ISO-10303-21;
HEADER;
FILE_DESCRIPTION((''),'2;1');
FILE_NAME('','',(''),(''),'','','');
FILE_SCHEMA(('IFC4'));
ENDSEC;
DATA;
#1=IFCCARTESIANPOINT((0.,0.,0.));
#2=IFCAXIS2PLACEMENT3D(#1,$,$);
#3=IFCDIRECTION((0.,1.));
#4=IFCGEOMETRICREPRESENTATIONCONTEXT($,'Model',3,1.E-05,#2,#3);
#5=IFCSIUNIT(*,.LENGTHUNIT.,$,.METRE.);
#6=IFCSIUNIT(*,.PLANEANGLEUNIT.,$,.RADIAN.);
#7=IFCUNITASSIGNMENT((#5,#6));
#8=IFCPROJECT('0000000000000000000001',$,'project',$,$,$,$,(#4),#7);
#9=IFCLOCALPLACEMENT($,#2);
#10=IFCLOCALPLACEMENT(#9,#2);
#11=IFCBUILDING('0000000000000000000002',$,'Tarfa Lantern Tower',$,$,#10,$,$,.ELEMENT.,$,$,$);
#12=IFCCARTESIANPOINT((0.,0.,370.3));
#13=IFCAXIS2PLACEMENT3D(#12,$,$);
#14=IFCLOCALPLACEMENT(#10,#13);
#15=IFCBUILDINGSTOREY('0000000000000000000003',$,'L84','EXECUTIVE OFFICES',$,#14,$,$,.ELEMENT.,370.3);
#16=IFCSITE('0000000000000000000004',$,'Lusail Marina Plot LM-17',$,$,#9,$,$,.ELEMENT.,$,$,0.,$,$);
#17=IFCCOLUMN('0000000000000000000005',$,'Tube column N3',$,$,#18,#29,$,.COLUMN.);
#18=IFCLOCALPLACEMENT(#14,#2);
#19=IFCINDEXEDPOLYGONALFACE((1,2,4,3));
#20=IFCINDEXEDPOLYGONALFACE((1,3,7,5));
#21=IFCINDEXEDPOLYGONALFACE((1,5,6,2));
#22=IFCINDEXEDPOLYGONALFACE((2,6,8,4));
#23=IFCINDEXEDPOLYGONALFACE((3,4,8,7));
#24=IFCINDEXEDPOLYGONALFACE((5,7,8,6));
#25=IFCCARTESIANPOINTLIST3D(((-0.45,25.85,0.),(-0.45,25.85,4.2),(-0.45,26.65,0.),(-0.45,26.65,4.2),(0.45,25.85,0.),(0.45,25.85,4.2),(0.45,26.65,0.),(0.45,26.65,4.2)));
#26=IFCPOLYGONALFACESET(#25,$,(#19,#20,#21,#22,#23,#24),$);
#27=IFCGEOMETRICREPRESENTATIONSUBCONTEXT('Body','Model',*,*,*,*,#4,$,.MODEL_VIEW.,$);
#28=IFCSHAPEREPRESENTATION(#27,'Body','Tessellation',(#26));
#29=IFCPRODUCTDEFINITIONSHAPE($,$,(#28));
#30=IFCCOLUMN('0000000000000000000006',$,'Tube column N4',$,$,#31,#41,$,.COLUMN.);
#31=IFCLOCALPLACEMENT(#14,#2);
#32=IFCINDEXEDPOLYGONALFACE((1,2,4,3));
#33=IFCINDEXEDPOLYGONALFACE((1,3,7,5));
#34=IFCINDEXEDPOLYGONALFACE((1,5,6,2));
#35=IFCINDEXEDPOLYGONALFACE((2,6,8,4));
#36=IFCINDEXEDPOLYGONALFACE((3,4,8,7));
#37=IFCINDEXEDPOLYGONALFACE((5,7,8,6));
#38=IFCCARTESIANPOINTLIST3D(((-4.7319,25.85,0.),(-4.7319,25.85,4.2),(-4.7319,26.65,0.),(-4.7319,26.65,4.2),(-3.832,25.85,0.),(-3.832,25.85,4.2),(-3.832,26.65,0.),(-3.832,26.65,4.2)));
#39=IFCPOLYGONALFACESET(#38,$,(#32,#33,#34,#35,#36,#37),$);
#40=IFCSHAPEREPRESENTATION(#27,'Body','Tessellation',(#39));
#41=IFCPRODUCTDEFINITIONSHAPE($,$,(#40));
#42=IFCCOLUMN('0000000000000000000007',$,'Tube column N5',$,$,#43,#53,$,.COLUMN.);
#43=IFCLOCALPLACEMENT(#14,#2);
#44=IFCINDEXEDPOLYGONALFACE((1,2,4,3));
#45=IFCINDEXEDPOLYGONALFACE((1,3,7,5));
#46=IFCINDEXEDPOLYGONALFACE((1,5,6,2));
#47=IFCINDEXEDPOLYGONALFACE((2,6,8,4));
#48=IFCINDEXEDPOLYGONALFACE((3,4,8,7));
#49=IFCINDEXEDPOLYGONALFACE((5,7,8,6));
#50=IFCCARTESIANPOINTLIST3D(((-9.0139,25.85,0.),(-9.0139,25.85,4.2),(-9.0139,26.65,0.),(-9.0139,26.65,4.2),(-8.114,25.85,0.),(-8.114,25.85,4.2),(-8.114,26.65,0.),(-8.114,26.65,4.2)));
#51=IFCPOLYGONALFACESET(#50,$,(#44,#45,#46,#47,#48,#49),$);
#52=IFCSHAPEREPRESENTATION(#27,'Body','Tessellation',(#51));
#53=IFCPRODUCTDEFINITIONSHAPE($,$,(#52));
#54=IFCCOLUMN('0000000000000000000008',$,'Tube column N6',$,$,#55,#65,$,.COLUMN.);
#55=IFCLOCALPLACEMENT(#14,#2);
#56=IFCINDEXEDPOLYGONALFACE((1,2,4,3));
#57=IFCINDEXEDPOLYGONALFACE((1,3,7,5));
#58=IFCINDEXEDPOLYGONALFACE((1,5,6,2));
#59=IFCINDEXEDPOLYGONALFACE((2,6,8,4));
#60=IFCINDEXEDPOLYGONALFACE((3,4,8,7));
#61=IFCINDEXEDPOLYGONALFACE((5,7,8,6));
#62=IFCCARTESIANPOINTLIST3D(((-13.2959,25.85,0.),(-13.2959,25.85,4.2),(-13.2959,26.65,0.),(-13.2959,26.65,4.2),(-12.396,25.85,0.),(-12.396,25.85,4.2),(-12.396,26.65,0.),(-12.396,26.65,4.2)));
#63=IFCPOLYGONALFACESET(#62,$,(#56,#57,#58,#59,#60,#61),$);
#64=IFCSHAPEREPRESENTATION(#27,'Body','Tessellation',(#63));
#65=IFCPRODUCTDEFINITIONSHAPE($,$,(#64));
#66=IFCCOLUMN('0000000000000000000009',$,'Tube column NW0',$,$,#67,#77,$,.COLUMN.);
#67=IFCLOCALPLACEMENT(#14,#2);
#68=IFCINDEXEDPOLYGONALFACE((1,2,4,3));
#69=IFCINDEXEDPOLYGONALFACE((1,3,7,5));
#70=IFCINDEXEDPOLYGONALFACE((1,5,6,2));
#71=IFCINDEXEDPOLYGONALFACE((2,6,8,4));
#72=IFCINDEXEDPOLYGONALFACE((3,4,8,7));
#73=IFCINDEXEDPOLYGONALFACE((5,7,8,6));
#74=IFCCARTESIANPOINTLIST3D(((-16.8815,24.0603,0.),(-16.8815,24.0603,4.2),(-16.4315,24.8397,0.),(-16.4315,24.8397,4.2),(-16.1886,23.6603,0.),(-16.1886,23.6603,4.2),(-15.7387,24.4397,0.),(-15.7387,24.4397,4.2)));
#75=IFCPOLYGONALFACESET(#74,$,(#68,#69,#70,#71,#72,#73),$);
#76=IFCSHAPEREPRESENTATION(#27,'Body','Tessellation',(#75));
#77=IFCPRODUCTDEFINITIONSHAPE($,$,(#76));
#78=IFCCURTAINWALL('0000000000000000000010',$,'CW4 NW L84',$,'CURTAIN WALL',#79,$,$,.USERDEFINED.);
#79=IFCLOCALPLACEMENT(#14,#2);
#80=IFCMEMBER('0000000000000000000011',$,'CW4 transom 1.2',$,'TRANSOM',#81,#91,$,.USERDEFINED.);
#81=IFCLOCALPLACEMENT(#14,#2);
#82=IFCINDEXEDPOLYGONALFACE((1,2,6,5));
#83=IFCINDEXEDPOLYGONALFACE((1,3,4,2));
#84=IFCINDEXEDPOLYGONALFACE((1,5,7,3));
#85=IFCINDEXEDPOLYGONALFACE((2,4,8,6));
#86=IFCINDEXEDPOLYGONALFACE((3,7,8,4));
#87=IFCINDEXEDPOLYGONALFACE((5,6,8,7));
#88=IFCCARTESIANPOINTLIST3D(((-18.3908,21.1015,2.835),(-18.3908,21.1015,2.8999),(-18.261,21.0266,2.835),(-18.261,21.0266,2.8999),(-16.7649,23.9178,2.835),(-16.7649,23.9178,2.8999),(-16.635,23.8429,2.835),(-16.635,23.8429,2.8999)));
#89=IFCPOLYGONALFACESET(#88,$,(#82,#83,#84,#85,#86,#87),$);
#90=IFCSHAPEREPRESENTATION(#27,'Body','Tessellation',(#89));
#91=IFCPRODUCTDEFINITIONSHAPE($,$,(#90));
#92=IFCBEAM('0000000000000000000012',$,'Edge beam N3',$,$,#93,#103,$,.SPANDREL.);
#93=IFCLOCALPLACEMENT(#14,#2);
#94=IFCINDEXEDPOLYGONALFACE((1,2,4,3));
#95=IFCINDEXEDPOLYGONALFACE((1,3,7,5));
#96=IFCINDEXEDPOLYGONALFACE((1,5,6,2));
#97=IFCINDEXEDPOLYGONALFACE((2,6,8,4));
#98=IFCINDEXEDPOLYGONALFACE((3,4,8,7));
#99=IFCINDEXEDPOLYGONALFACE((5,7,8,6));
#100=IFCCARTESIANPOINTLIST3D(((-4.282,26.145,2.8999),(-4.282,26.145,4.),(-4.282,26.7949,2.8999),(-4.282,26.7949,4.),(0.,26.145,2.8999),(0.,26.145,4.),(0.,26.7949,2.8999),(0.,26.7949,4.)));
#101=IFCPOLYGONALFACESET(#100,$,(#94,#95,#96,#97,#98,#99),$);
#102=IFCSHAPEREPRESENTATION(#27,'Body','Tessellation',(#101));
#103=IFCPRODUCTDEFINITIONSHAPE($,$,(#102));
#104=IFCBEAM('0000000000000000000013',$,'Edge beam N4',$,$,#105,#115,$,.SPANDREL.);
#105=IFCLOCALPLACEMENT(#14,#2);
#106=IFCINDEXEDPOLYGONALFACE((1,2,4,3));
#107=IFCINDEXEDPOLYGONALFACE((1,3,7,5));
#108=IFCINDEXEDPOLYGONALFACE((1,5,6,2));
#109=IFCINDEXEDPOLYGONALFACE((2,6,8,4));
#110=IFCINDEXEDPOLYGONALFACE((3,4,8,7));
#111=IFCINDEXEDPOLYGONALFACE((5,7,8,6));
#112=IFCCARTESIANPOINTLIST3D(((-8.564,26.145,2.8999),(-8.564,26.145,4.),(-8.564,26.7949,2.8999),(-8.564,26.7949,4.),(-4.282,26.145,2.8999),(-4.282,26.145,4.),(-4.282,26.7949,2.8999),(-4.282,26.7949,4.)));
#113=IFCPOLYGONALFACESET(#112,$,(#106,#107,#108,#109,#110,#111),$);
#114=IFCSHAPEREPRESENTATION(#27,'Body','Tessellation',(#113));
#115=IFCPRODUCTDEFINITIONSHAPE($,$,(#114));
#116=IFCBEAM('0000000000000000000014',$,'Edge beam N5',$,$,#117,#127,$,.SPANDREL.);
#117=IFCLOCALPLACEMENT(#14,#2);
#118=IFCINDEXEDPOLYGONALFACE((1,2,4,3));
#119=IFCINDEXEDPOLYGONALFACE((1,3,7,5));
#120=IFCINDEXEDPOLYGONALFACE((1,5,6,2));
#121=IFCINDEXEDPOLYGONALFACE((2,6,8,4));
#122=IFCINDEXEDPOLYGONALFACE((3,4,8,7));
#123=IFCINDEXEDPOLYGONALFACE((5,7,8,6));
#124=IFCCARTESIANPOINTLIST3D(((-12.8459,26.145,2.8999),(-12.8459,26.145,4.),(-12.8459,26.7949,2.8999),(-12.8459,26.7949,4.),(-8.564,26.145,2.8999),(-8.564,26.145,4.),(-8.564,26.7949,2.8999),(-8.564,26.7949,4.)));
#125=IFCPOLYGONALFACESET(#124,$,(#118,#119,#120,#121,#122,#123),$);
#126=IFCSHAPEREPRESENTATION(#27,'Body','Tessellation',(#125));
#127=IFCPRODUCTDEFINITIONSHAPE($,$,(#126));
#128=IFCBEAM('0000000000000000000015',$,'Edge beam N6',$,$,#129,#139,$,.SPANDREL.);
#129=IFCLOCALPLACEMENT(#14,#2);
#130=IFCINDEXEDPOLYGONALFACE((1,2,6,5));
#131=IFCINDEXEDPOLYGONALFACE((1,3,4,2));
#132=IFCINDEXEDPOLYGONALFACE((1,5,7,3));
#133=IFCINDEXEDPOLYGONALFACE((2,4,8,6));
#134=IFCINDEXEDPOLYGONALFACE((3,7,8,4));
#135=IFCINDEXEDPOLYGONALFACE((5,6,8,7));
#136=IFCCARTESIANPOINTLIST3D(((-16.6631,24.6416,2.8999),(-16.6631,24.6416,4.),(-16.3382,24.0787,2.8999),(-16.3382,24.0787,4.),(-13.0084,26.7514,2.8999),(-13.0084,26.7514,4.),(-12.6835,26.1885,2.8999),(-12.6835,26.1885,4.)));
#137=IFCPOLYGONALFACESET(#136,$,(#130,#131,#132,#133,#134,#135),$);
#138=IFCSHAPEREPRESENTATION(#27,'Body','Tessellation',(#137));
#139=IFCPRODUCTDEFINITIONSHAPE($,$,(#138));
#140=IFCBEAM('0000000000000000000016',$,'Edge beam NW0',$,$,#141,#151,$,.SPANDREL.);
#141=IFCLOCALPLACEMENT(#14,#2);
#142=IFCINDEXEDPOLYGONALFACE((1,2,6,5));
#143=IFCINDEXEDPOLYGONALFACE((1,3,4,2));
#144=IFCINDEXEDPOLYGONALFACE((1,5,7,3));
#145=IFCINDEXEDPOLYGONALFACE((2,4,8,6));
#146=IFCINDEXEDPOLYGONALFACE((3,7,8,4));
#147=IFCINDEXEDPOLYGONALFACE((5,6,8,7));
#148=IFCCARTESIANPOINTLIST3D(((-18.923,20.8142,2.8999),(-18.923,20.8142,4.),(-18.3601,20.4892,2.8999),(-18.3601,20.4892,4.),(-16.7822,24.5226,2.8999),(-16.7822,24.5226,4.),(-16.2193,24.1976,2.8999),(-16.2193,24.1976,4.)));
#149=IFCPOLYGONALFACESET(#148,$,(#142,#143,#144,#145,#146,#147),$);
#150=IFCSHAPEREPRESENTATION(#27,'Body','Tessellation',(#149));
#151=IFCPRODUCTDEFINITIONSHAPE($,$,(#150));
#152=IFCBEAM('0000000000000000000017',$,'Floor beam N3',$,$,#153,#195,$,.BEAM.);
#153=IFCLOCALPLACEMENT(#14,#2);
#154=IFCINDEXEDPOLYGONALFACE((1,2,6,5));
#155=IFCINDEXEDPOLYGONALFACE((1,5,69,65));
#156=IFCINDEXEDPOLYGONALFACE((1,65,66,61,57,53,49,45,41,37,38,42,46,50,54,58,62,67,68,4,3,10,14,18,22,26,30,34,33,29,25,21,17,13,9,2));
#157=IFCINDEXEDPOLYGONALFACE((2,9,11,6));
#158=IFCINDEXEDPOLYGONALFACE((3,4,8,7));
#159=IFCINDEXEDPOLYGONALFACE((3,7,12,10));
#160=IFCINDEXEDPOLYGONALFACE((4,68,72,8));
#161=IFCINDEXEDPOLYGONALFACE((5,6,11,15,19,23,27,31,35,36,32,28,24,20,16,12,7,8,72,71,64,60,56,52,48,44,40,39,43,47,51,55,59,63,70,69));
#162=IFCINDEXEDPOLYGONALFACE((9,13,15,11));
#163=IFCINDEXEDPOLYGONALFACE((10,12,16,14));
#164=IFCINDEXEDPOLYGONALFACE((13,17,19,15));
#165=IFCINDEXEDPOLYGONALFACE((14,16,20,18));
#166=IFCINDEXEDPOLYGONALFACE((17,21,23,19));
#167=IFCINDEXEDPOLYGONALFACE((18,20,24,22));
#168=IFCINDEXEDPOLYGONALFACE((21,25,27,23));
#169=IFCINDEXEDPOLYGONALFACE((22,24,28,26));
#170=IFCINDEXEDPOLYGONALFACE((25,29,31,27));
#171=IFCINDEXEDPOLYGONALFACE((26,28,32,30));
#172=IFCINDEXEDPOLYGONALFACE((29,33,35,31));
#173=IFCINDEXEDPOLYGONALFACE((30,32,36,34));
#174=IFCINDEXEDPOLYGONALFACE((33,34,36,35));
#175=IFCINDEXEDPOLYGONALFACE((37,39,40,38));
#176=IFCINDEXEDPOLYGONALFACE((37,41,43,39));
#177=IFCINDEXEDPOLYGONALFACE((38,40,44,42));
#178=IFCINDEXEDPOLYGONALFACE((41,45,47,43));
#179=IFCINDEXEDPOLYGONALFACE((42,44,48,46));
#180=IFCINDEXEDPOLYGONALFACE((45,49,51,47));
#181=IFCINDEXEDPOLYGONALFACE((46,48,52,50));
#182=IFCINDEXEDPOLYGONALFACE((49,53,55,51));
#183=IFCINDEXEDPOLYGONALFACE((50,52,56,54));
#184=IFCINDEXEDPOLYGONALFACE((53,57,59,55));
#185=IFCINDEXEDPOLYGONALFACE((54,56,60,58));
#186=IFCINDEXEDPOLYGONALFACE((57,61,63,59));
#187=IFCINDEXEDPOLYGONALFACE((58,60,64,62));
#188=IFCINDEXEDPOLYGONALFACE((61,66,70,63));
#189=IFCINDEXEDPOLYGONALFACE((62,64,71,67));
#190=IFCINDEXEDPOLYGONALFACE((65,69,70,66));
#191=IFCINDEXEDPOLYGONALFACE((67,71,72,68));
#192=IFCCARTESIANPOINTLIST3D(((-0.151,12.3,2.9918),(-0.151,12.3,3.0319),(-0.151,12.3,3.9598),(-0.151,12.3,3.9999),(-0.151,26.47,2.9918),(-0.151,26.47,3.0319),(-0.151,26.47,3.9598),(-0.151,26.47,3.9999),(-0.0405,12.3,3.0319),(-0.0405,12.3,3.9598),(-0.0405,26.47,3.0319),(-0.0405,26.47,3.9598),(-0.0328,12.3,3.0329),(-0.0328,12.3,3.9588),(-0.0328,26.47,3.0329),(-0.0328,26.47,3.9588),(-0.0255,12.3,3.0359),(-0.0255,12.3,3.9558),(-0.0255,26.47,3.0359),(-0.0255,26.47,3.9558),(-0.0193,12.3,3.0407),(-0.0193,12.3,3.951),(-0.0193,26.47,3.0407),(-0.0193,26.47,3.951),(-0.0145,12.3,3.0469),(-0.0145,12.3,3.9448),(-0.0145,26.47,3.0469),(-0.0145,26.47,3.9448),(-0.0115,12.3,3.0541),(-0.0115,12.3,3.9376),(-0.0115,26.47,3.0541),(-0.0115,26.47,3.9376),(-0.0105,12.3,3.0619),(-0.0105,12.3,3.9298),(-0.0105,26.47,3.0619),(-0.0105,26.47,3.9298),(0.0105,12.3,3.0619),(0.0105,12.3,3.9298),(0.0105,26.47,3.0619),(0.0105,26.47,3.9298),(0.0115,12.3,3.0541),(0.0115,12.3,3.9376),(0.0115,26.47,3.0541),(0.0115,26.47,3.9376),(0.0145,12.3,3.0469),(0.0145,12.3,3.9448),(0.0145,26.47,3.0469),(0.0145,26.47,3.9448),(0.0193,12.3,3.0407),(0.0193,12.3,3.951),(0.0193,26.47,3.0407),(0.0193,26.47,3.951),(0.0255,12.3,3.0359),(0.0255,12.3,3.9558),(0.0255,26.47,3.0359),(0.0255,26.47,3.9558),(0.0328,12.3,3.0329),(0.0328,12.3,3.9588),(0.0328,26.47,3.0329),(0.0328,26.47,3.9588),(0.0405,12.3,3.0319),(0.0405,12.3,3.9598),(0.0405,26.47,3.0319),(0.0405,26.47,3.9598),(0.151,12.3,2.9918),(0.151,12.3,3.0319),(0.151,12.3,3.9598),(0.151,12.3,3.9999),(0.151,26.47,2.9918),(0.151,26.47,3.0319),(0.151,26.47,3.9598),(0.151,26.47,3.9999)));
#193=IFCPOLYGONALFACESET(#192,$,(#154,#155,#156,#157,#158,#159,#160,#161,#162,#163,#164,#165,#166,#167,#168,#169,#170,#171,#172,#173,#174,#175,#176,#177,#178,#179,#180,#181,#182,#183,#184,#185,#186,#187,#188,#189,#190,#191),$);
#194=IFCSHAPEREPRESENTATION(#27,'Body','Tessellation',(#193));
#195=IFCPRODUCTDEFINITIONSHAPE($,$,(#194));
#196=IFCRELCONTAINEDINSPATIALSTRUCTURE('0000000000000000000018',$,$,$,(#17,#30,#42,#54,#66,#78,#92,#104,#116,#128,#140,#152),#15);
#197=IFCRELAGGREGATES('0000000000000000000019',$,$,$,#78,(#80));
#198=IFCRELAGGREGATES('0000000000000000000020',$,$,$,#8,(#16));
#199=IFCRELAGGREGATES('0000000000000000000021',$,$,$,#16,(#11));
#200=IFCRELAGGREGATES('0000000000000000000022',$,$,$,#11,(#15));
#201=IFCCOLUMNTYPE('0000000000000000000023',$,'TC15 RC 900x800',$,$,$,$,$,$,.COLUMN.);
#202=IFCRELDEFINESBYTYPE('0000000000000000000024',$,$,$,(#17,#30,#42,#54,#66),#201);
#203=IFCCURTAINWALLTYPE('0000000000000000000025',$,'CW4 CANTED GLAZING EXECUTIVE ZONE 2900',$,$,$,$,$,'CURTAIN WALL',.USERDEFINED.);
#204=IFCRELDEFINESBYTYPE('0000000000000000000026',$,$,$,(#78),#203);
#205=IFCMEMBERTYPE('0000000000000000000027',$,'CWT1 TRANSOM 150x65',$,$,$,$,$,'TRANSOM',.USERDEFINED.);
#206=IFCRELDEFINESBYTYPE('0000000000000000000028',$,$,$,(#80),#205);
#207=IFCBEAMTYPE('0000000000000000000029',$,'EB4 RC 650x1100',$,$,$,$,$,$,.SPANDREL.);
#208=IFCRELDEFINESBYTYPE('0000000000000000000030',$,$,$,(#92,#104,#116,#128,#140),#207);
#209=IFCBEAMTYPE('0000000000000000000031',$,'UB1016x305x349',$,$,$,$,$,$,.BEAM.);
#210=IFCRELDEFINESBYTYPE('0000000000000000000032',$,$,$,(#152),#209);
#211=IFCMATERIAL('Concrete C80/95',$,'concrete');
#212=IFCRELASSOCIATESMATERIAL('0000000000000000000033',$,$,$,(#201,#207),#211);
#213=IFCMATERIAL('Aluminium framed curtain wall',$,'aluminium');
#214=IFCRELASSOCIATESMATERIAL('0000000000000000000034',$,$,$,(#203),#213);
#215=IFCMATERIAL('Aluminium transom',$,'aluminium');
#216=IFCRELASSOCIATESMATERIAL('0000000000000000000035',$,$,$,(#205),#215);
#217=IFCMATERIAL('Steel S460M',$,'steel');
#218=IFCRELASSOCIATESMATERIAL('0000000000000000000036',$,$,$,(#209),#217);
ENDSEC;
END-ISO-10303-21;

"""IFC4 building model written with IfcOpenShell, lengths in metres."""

from ifc_helpers import new_model, si_unit, direction, frame, origin, origin_2d, place, context, subcontext, project, spatial, rectangle, i_section, extrude, material, material_profile, profile_set, type_object, element, aggregate, save


model = new_model("IFC4")

# Units and contexts
model_context = context("Model", 3, precision=1e-05, world=origin(), true_north=direction((0.0, 1.0)))
body_context = subcontext(model_context, "Body", "Model", "MODEL_VIEW")
ifc_project = project(units=[si_unit("LENGTHUNIT", "METRE"), si_unit("PLANEANGLEUNIT", "RADIAN")], contexts=[model_context])

# Site, building, storey
site_placement = place(None, origin())
site = spatial("IfcSite", under=ifc_project, at=site_placement, Name="Lusail Marina Plot LM-17", CompositionType="ELEMENT", RefElevation=0.0)
building_placement = place(site_placement, origin())
building = spatial("IfcBuilding", under=site, at=building_placement, Name="Tarfa Lantern Tower", CompositionType="ELEMENT")
storey_placement = place(building_placement, frame((0.0, 0.0, 370.3)))
storey = spatial("IfcBuildingStorey", under=building, at=storey_placement, Name="L84", Description="EXECUTIVE OFFICES", CompositionType="ELEMENT", Elevation=370.3)

# Columns
ifc_material_1 = material(Name="Concrete C80/95", Category="concrete")
ifc_material_profile_1 = material_profile(ifc_material_1, rectangle(XDim=0.8999, YDim=0.8, at=origin_2d()), Name="RC 900x800")
ifc_profile_set_1 = profile_set([ifc_material_profile_1], Name="Concrete C80/95")
column_type = type_object("IfcColumnType", Name="TC15 RC 900x800", PredefinedType="COLUMN", material=ifc_profile_set_1)
for number, where, z_axis, x_axis, name in (
    (1, (0.0, 26.25, 0.0), (0.0, 0.0, 1.0), (-1.0, 0.0, 0.0), "Tube column N3"),
    (2, (-4.282, 26.25, 0.0), (0.0, 0.0, 1.0), (-1.0, 0.0, 0.0), "Tube column N4"),
    (3, (-8.564, 26.25, 0.0), (0.0, 0.0, 1.0), (-1.0, 0.0, 0.0), "Tube column N5"),
    (4, (-12.8459, 26.25, 0.0), (0.0, 0.0, 1.0), (-1.0, 0.0, 0.0), "Tube column N6"),
    (5, (-16.3101, 24.25, 0.0), (0.0, 0.0, 1.0), (-0.5, -0.866025, 0.0), "Tube column NW0"),
):
    element("IfcColumn", number, at=place(storey_placement, frame(where, z_axis=z_axis, x_axis=x_axis)), inside=storey, type_object=column_type, Name=name, PredefinedType="COLUMN", context=body_context, shape_type="SweptSolid", body=[
        extrude(rectangle(XDim=0.8999, YDim=0.8, at=origin_2d()), origin(), (0.0, 0.0, 1.0), 4.2),
    ])

# Curtain wall, member
ifc_material_2 = material(Name="Aluminium framed curtain wall", Category="aluminium")
curtain_wall_type = type_object("IfcCurtainWallType", Name="CW4 CANTED GLAZING EXECUTIVE ZONE 2900", ElementType="CURTAIN WALL", PredefinedType="USERDEFINED", material=ifc_material_2)
curtain_wall_placement = place(storey_placement, origin())
curtain_wall = element("IfcCurtainWall", 6, at=curtain_wall_placement, inside=storey, type_object=curtain_wall_type, Name="CW4 NW L84", ObjectType="CURTAIN WALL", PredefinedType="USERDEFINED")
ifc_material_3 = material(Name="Aluminium transom", Category="aluminium")
ifc_material_profile_2 = material_profile(ifc_material_3, rectangle(XDim=0.1499, YDim=0.0649, at=origin_2d()), Name="AL TRANSOM 150x65")
ifc_profile_set_2 = profile_set([ifc_material_profile_2], Name="Aluminium transom")
member_type = type_object("IfcMemberType", Name="CWT1 TRANSOM 150x65", ElementType="TRANSOM", PredefinedType="USERDEFINED", material=ifc_profile_set_2)
member_placement = place(storey_placement, frame((-16.7, 23.8804, 2.8674), z_axis=(-0.499982, -0.866036, 0.0), x_axis=(0.866036, -0.499982, 0.0)))
member = element("IfcMember", 7, at=member_placement, type_object=member_type, Name="CW4 transom 1.2", ObjectType="TRANSOM", PredefinedType="USERDEFINED", context=body_context, shape_type="SweptSolid", body=[
    extrude(rectangle(XDim=0.1499, YDim=0.0649, at=origin_2d()), origin(), (0.0, 0.0, 1.0), 3.252),
])
aggregate(curtain_wall, [member])

# Beams
ifc_material_profile_3 = material_profile(ifc_material_1, rectangle(XDim=0.6499, YDim=1.1001, at=origin_2d()), Name="RC 650x1100")
ifc_profile_set_3 = profile_set([ifc_material_profile_3], Name="Concrete C80/95")
beam_type_1 = type_object("IfcBeamType", Name="EB4 RC 650x1100", PredefinedType="SPANDREL", material=ifc_profile_set_3)
for number, where, z_axis, x_axis, name in (
    (8, (0.0, 26.47, 3.45), (-1.0, 0.0, 0.0), (0.0, -1.0, 0.0), "Edge beam N3"),
    (9, (-4.282, 26.47, 3.45), (-1.0, 0.0, 0.0), (0.0, -1.0, 0.0), "Edge beam N4"),
    (10, (-8.564, 26.47, 3.45), (-1.0, 0.0, 0.0), (0.0, -1.0, 0.0), "Edge beam N5"),
):
    element("IfcBeam", number, at=place(storey_placement, frame(where, z_axis=z_axis, x_axis=x_axis)), inside=storey, type_object=beam_type_1, Name=name, PredefinedType="SPANDREL", context=body_context, shape_type="SweptSolid", body=[
        extrude(rectangle(XDim=0.6499, YDim=1.1001, at=origin_2d()), origin(), (0.0, 0.0, 1.0), 4.282),
    ])
beam_1_placement = place(storey_placement, frame((-12.8459, 26.47, 3.45), z_axis=(-0.866049, -0.499959, 0.0), x_axis=(0.499959, -0.866049, 0.0)))
element("IfcBeam", 11, at=beam_1_placement, inside=storey, type_object=beam_type_1, Name="Edge beam N6", PredefinedType="SPANDREL", context=body_context, shape_type="SweptSolid", body=[
    extrude(rectangle(XDim=0.6499, YDim=1.1001, at=origin_2d()), origin(), (0.0, 0.0, 1.0), 4.22),
])
beam_2_placement = place(storey_placement, frame((-16.5007, 24.3601, 3.45), z_axis=(-0.499959, -0.866049, 0.0), x_axis=(0.866049, -0.499959, 0.0)))
element("IfcBeam", 12, at=beam_2_placement, inside=storey, type_object=beam_type_1, Name="Edge beam NW0", PredefinedType="SPANDREL", context=body_context, shape_type="SweptSolid", body=[
    extrude(rectangle(XDim=0.6499, YDim=1.1001, at=origin_2d()), origin(), (0.0, 0.0, 1.0), 4.282),
])
ifc_material_4 = material(Name="Steel S460M", Category="steel")
ifc_material_profile_4 = material_profile(ifc_material_4, i_section(OverallWidth=0.302, OverallDepth=1.0081, WebThickness=0.021, FlangeThickness=0.04, FilletRadius=0.03, at=origin_2d()), Name="UB1016x305x349")
ifc_profile_set_4 = profile_set([ifc_material_profile_4], Name="Steel S460M")
beam_type_2 = type_object("IfcBeamType", Name="UB1016x305x349", PredefinedType="BEAM", material=ifc_profile_set_4)
for number, where, z_axis, x_axis, name in (
    (13, (0.0, 26.47, 3.4958), (0.0, -1.0, 0.0), (1.0, 0.0, 0.0), "Floor beam N3"),
):
    element("IfcBeam", number, at=place(storey_placement, frame(where, z_axis=z_axis, x_axis=x_axis)), inside=storey, type_object=beam_type_2, Name=name, PredefinedType="BEAM", context=body_context, shape_type="SweptSolid", body=[
        extrude(i_section(OverallWidth=0.302, OverallDepth=1.0081, WebThickness=0.021, FlangeThickness=0.04, FilletRadius=0.03, at=origin_2d()), origin(), (0.0, 0.0, 1.0), 14.1699),
    ])

save(model, "model.ifc")
